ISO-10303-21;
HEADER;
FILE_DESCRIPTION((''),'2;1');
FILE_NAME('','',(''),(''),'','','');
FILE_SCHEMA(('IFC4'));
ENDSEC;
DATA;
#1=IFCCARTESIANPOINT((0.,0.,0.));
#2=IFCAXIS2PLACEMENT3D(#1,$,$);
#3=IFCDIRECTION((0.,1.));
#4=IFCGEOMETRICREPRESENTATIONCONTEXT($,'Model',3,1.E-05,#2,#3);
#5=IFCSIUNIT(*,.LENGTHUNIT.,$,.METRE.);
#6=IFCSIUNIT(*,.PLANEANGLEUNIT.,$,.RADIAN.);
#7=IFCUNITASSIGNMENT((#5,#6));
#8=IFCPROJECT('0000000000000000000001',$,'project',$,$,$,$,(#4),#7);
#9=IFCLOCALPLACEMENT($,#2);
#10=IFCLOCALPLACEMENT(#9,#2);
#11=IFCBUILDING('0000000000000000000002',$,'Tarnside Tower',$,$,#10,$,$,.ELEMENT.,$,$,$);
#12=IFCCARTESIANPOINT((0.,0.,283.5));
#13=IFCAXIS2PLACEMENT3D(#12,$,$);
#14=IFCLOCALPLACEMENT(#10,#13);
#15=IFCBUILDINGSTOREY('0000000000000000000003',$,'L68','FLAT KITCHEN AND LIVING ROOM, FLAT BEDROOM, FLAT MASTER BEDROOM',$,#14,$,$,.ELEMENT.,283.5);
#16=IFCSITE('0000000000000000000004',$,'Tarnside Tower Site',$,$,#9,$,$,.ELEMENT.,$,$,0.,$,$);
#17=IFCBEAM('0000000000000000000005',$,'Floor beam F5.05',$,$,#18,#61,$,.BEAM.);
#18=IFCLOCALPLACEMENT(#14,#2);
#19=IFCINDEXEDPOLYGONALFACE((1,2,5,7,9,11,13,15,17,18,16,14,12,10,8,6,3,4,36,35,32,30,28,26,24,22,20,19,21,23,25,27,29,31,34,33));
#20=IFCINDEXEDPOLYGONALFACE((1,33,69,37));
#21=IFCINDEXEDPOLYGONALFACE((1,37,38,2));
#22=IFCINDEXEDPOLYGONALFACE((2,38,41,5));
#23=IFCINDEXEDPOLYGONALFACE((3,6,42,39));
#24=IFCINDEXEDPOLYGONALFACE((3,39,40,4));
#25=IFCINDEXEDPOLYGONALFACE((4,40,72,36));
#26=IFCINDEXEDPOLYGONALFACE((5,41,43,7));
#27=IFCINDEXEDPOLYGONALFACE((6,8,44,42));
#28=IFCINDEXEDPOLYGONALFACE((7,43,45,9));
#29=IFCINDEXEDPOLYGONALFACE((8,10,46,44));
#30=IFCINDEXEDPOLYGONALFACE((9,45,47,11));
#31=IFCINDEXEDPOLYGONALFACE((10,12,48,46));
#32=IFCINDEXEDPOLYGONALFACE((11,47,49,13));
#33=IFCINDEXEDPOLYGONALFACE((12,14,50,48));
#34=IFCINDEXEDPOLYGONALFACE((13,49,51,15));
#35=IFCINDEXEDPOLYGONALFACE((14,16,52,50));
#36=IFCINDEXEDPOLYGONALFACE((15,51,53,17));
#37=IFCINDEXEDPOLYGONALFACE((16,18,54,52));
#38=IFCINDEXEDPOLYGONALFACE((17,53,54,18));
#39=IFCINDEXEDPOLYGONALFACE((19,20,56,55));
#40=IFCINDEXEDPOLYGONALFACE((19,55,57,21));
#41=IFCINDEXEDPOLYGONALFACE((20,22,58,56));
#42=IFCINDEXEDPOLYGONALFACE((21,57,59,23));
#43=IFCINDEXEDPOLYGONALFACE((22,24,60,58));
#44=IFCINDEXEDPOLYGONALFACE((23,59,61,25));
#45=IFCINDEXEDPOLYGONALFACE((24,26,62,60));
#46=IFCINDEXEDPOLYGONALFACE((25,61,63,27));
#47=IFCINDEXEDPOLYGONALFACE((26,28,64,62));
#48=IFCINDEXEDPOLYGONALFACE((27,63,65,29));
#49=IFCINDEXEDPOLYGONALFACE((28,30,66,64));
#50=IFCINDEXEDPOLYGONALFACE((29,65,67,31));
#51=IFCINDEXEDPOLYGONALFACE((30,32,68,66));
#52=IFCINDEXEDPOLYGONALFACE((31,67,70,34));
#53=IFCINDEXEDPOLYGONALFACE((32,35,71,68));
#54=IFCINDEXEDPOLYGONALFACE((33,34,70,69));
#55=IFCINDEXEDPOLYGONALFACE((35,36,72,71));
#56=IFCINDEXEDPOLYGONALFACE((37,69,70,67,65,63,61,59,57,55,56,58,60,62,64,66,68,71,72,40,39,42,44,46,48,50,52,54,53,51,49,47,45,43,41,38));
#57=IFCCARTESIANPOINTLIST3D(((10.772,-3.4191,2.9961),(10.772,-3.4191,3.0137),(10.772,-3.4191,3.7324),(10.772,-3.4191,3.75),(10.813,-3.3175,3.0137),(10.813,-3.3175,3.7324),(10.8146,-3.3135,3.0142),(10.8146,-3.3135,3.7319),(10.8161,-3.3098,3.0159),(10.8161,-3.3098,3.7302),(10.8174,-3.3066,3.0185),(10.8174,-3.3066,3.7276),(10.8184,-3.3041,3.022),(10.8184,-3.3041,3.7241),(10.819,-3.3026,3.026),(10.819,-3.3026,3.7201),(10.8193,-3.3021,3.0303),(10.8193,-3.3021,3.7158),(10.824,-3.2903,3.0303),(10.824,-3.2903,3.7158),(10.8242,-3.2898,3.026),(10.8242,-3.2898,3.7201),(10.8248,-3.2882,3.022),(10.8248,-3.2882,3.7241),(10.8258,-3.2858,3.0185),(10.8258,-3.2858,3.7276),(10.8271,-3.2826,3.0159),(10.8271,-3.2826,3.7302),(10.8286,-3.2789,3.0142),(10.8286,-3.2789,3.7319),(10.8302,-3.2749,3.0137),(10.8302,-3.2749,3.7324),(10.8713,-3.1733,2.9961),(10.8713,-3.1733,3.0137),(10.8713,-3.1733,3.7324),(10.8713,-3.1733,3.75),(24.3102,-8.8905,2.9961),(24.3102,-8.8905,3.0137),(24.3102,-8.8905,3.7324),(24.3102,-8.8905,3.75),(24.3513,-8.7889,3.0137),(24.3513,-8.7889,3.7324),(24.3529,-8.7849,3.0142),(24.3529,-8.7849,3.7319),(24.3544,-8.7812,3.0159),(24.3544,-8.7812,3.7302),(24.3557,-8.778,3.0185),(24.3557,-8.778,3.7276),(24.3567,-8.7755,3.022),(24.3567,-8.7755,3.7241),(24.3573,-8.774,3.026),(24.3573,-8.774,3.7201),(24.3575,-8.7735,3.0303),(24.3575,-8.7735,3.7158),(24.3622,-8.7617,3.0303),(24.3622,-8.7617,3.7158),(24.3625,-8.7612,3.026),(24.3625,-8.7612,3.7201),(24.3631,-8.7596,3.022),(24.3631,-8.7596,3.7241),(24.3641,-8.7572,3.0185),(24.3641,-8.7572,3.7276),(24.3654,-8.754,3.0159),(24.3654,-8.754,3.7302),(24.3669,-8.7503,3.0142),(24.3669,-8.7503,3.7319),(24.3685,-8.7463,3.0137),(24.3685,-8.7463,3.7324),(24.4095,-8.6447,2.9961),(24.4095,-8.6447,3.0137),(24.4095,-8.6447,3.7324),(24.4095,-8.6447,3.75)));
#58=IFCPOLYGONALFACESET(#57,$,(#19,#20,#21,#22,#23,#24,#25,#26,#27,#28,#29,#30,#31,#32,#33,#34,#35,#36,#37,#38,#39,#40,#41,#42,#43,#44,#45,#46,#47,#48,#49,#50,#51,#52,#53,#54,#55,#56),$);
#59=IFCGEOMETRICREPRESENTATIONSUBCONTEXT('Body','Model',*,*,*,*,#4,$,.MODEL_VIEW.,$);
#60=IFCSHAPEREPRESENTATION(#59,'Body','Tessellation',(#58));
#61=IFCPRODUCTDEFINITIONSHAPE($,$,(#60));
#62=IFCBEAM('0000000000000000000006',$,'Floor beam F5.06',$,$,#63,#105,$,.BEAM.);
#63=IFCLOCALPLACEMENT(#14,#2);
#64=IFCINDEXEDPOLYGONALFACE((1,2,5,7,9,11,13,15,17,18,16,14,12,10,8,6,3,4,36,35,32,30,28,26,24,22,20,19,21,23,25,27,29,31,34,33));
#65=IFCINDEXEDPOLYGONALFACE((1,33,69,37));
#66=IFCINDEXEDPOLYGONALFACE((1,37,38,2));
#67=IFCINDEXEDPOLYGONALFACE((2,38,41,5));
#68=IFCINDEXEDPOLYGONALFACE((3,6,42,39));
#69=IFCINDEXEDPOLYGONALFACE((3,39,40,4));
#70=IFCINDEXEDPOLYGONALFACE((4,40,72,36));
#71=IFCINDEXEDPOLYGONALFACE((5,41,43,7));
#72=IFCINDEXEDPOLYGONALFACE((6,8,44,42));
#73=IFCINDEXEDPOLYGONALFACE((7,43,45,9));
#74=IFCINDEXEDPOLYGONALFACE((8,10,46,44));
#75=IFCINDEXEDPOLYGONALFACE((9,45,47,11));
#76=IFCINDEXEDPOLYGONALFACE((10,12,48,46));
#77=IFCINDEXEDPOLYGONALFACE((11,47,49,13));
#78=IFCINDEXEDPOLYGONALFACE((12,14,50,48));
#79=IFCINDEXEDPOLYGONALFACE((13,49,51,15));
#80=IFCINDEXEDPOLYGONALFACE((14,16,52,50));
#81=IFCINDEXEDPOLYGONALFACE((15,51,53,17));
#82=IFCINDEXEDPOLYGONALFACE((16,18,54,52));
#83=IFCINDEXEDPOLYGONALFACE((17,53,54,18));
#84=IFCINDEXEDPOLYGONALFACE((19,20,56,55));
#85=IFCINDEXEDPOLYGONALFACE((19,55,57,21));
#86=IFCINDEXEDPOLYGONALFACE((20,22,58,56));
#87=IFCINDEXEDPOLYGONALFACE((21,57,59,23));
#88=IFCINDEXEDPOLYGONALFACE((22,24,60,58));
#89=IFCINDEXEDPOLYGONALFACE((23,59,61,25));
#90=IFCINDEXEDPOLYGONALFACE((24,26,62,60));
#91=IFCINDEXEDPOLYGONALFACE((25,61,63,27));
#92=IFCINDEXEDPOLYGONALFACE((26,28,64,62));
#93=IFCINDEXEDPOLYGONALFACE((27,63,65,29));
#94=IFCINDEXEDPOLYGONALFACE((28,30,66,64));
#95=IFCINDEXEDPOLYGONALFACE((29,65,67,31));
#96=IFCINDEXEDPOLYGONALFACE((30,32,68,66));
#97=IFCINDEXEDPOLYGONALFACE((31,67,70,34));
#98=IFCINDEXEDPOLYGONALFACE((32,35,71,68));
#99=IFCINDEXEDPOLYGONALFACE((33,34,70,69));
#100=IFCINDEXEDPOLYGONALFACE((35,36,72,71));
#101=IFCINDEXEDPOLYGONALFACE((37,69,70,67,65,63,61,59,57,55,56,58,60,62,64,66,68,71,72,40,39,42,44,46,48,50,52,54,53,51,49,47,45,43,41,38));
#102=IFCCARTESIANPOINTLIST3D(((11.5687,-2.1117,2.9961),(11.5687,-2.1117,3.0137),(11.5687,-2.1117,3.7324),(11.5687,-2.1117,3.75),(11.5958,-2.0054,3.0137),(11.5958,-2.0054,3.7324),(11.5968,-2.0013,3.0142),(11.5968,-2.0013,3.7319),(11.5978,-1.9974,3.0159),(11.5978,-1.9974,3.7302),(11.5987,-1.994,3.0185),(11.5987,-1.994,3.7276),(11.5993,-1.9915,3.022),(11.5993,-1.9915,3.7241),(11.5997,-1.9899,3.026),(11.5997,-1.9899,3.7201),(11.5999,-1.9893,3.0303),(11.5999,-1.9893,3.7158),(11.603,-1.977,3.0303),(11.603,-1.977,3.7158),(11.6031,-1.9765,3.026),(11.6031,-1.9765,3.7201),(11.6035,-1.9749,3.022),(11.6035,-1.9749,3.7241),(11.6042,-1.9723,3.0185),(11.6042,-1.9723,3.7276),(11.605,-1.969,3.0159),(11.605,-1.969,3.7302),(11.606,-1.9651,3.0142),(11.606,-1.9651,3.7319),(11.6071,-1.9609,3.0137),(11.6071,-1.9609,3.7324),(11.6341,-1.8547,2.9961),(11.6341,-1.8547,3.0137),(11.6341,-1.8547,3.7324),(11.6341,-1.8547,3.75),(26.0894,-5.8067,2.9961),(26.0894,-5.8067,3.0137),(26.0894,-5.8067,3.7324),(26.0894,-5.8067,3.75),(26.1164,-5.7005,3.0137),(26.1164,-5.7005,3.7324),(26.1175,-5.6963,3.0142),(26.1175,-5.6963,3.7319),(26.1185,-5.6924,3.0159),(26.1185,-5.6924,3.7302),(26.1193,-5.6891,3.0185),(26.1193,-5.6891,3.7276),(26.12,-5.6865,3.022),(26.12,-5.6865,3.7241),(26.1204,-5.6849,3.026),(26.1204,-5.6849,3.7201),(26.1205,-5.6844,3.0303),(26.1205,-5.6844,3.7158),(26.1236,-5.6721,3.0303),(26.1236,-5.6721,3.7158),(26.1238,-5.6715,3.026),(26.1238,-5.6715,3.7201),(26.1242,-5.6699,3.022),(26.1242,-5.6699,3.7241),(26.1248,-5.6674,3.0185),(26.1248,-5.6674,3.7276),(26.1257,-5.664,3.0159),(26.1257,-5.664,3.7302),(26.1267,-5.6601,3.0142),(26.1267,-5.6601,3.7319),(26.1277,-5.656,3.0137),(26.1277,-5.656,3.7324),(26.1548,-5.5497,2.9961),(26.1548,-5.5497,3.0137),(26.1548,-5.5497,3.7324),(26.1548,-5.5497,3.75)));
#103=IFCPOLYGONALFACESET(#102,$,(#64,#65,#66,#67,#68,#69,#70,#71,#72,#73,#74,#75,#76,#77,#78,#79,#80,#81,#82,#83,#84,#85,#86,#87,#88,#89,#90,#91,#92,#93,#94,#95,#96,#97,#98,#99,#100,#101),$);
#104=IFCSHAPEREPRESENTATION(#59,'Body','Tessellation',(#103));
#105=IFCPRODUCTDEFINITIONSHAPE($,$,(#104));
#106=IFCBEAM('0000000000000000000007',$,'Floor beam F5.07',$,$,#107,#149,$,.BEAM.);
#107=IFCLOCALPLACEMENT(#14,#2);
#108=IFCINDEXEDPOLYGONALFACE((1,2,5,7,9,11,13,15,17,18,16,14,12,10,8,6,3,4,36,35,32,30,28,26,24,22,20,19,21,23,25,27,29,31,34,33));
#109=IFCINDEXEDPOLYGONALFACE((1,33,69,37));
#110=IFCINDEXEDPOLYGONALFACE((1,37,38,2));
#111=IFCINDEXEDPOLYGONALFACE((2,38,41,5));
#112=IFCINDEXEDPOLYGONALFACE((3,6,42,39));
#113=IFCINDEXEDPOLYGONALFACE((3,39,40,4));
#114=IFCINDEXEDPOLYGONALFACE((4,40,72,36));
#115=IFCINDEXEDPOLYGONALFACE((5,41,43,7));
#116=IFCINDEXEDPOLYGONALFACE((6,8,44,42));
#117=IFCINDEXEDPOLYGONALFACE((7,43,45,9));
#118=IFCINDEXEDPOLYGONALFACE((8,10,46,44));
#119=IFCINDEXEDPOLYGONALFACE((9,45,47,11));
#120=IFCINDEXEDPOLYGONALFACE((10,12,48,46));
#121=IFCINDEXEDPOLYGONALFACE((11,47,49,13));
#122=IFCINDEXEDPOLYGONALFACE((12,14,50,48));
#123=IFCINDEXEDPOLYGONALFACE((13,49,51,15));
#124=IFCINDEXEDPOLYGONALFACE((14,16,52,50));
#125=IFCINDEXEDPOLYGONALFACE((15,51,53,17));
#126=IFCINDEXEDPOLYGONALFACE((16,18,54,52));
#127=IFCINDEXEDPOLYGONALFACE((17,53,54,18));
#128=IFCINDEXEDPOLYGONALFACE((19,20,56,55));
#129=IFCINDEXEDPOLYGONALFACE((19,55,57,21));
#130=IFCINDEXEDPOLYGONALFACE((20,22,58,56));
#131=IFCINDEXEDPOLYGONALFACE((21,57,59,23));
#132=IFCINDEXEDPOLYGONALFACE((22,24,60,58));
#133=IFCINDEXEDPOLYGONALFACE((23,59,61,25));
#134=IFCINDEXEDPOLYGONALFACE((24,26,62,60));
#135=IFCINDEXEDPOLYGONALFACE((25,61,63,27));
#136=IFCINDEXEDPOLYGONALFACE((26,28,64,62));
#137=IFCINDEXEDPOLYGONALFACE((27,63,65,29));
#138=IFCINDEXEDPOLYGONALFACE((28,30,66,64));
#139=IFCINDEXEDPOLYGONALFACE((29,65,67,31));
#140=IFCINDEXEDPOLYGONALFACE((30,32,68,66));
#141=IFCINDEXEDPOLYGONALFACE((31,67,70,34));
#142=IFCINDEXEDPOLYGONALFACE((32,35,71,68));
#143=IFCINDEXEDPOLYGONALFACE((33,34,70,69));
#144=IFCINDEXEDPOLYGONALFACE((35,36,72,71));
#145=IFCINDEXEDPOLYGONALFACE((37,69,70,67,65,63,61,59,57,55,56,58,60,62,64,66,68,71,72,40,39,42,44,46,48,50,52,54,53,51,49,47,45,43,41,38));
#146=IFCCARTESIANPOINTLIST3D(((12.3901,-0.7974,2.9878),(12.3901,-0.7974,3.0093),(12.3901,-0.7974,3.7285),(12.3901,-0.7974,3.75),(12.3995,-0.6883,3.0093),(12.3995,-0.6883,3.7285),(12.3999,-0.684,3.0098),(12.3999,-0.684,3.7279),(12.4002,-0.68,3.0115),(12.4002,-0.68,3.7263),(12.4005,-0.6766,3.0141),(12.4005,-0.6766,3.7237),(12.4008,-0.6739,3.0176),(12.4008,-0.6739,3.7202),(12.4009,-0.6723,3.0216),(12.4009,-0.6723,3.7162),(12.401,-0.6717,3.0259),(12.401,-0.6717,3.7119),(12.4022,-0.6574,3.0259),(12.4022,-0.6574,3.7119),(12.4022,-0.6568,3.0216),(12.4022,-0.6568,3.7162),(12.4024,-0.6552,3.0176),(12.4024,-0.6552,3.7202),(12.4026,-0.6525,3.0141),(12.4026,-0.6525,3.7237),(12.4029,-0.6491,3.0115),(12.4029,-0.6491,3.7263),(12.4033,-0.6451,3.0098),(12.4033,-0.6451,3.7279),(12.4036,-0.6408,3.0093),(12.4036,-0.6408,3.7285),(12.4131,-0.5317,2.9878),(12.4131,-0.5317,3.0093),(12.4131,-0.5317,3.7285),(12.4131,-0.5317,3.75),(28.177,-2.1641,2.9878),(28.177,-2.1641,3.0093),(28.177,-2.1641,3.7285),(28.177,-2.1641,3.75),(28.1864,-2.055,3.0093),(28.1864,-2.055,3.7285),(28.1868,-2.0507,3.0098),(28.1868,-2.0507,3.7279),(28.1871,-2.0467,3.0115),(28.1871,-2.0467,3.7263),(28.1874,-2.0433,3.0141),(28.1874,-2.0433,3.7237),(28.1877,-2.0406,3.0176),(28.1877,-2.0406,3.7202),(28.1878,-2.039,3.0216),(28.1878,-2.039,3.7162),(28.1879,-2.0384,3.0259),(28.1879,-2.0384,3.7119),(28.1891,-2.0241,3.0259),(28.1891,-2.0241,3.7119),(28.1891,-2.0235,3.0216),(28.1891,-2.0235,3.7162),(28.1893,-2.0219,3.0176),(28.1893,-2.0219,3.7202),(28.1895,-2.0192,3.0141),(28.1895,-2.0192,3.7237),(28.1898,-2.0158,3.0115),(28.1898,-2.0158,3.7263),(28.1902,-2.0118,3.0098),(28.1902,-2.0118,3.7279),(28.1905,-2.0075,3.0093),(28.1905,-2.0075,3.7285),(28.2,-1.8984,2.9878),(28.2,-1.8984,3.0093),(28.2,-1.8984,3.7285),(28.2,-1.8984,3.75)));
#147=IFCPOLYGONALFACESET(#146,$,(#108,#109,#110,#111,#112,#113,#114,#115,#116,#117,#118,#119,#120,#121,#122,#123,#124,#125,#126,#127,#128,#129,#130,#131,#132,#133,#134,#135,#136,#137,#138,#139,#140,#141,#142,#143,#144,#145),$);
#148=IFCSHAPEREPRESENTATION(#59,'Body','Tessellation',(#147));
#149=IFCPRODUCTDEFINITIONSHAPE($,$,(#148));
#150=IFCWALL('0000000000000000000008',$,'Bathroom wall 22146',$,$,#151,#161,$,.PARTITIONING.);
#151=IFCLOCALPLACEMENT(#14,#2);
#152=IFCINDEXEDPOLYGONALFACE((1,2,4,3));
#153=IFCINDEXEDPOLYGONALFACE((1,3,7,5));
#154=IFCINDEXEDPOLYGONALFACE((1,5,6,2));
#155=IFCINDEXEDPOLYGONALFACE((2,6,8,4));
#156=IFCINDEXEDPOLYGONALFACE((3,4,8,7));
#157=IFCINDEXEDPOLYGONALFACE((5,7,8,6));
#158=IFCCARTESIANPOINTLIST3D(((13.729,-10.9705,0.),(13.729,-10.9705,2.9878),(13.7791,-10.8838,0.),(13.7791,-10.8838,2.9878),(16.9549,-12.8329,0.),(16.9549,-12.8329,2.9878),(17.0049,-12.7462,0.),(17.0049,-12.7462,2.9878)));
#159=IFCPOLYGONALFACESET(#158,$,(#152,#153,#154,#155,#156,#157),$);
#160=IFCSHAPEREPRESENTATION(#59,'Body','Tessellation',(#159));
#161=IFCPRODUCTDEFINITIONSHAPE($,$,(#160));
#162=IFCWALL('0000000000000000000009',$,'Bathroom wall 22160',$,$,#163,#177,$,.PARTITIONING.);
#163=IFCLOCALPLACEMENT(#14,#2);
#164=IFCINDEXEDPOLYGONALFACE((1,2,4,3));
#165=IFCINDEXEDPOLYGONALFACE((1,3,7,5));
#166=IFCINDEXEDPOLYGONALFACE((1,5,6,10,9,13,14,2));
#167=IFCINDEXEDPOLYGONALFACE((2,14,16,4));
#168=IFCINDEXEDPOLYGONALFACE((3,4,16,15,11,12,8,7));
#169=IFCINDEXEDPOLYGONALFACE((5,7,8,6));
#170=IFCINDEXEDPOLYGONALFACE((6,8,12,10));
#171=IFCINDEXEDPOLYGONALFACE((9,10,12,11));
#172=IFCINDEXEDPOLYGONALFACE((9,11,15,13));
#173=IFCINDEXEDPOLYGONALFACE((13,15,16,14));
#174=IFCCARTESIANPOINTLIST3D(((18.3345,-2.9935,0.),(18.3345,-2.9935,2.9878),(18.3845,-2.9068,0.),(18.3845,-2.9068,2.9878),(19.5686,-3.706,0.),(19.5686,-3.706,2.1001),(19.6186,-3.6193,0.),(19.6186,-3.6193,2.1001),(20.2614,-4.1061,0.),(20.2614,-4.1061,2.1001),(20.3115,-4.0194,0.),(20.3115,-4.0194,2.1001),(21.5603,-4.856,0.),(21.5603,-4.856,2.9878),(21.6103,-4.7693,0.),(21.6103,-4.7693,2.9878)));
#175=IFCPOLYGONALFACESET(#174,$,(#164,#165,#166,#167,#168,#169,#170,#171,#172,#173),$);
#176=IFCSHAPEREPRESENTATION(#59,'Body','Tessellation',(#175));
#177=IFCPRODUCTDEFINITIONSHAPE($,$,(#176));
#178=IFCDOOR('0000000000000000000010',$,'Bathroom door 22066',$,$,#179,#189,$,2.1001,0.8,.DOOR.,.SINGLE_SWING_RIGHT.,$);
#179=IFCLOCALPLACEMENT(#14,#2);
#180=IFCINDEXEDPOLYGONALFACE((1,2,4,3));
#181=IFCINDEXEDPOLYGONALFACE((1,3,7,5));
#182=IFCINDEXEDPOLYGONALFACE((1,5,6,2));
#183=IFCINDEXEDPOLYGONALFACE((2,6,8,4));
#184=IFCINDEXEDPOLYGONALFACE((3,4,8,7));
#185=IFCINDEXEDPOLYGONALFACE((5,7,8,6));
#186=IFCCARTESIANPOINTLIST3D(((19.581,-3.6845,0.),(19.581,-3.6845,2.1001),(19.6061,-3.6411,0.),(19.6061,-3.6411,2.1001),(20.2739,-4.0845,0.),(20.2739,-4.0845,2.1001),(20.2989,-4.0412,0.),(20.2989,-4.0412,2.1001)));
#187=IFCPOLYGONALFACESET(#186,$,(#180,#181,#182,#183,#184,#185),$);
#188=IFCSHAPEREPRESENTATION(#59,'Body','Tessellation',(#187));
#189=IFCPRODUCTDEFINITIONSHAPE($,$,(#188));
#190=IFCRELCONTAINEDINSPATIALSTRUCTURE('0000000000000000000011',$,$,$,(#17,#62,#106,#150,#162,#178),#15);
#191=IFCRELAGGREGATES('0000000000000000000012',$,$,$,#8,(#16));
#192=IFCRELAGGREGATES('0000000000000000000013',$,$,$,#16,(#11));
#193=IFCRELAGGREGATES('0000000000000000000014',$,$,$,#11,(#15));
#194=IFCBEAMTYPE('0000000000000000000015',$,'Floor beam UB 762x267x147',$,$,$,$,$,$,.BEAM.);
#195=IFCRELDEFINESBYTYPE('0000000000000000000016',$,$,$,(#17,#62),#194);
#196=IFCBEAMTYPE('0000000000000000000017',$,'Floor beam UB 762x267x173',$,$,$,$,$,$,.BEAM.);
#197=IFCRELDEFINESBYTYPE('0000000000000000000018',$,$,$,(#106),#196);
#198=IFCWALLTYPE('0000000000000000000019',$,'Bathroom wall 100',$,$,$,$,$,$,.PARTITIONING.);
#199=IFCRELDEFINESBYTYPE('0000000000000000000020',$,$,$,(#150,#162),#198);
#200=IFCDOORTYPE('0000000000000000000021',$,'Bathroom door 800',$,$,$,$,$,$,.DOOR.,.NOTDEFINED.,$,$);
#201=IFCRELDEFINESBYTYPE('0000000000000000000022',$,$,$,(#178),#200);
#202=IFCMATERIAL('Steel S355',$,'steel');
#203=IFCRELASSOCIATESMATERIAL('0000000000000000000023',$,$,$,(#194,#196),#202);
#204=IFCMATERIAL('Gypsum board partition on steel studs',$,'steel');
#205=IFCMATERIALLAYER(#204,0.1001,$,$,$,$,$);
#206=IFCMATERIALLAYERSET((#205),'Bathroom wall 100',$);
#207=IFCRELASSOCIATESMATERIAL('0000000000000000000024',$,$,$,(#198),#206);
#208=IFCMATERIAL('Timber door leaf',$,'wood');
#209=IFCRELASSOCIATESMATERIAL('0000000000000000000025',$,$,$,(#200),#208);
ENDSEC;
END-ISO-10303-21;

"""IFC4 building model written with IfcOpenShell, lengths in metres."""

from ifc_helpers import new_model, si_unit, direction, frame, frame_2d, origin, origin_2d, place, context, subcontext, project, spatial, rectangle, i_section, extrude, material, layer, layer_set, material_profile, profile_set, type_object, element, fill, save


model = new_model("IFC4")

# Units and contexts
model_context = context("Model", 3, precision=1e-05, world=origin(), true_north=direction((0.0, 1.0)))
body_context = subcontext(model_context, "Body", "Model", "MODEL_VIEW")
ifc_project = project(units=[si_unit("LENGTHUNIT", "METRE"), si_unit("PLANEANGLEUNIT", "RADIAN")], contexts=[model_context])

# Site, building, storey
site_placement = place(None, origin())
site = spatial("IfcSite", under=ifc_project, at=site_placement, Name="Tarnside Tower Site", CompositionType="ELEMENT", RefElevation=0.0)
building_placement = place(site_placement, origin())
building = spatial("IfcBuilding", under=site, at=building_placement, Name="Tarnside Tower", CompositionType="ELEMENT")
storey_placement = place(building_placement, frame((0.0, 0.0, 283.5)))
storey = spatial("IfcBuildingStorey", under=building, at=storey_placement, Name="L68", Description="FLAT KITCHEN AND LIVING ROOM, FLAT BEDROOM, FLAT MASTER BEDROOM", CompositionType="ELEMENT", Elevation=283.5)

# Beams
ifc_material_1 = material(Name="Steel S355", Category="steel")
ifc_material_profile_1 = material_profile(ifc_material_1, i_section(OverallWidth=0.2651, OverallDepth=0.7539, WebThickness=0.0127, FlangeThickness=0.0176, FilletRadius=0.0166, at=origin_2d()), Name="UB 762x267x147")
ifc_profile_set_1 = profile_set([ifc_material_profile_1], Name="Steel S355")
beam_type_1 = type_object("IfcBeamType", Name="Floor beam UB 762x267x147", PredefinedType="BEAM", material=ifc_profile_set_1)
beam_1_placement = place(storey_placement, frame((24.3599, -8.7676, 3.373), z_axis=(-0.927146, 0.374701, 0.0), x_axis=(-0.374701, -0.927146, 0.0)))
element("IfcBeam", 1, at=beam_1_placement, inside=storey, type_object=beam_type_1, Name="Floor beam F5.05", PredefinedType="BEAM", context=body_context, shape_type="SweptSolid", body=[
    extrude(i_section(OverallWidth=0.2651, OverallDepth=0.7539, WebThickness=0.0127, FlangeThickness=0.0176, FilletRadius=0.0166, at=origin_2d()), origin(), (0.0, 0.0, 1.0), 14.6021),
])
beam_2_placement = place(storey_placement, frame((26.1221, -5.6782, 3.373), z_axis=(-0.969115, 0.246609, 0.0), x_axis=(-0.246609, -0.969115, 0.0)))
element("IfcBeam", 2, at=beam_2_placement, inside=storey, type_object=beam_type_1, Name="Floor beam F5.06", PredefinedType="BEAM", context=body_context, shape_type="SweptSolid", body=[
    extrude(i_section(OverallWidth=0.2651, OverallDepth=0.7539, WebThickness=0.0127, FlangeThickness=0.0176, FilletRadius=0.0166, at=origin_2d()), origin(), (0.0, 0.0, 1.0), 14.9834),
])
ifc_material_profile_2 = material_profile(ifc_material_1, i_section(OverallWidth=0.2666, OverallDepth=0.7622, WebThickness=0.0144, FlangeThickness=0.0215, FilletRadius=0.0166, at=origin_2d()), Name="UB 762x267x173")
ifc_profile_set_2 = profile_set([ifc_material_profile_2], Name="Steel S355")
beam_type_2 = type_object("IfcBeamType", Name="Floor beam UB 762x267x173", PredefinedType="BEAM", material=ifc_profile_set_2)
beam_3_placement = place(storey_placement, frame((28.1885, -2.0312, 3.3689), z_axis=(-0.996274, 0.086249, 0.0), x_axis=(-0.086249, -0.996274, 0.0)))
element("IfcBeam", 3, at=beam_3_placement, inside=storey, type_object=beam_type_2, Name="Floor beam F5.07", PredefinedType="BEAM", context=body_context, shape_type="SweptSolid", body=[
    extrude(i_section(OverallWidth=0.2666, OverallDepth=0.7622, WebThickness=0.0144, FlangeThickness=0.0215, FilletRadius=0.0166, at=origin_2d()), origin(), (0.0, 0.0, 1.0), 15.8459),
])

# Wall
ifc_material_2 = material(Name="Gypsum board partition on steel studs", Category="steel")
ifc_layer_1 = layer(ifc_material_2, 0.1001)
ifc_layer_set_1 = layer_set([ifc_layer_1], Name="Bathroom wall 100")
wall_type_1 = type_object("IfcWallType", Name="Bathroom wall 100", PredefinedType="PARTITIONING", material=ifc_layer_set_1)
wall_1_placement = place(storey_placement, frame((13.7542, -10.9272, 0.0), z_axis=(0.0, 0.0, 1.0), x_axis=(0.86604, -0.499974, 0.0)))
element("IfcWall", 4, at=wall_1_placement, inside=storey, type_object=wall_type_1, Name="Bathroom wall 22146", PredefinedType="PARTITIONING", context=body_context, shape_type="SweptSolid", body=[
    extrude(rectangle(XDim=3.7249, YDim=0.1001, at=frame_2d((1.8623, 0.0))), origin(), (0.0, 0.0, 1.0), 2.9878),
])

# Wall, opening, door
wall_2_placement = place(storey_placement, frame((18.3596, -2.9502, 0.0), z_axis=(0.0, 0.0, 1.0), x_axis=(0.866012, -0.500023, 0.0)))
wall_2 = element("IfcWall", 5, at=wall_2_placement, inside=storey, type_object=wall_type_1, Name="Bathroom wall 22160", PredefinedType="PARTITIONING", context=body_context, shape_type="SweptSolid", body=[
    extrude(rectangle(XDim=3.7249, YDim=0.1001, at=frame_2d((1.8623, 0.0))), origin(), (0.0, 0.0, 1.0), 2.9878),
])
opening_1_placement = place(wall_2_placement, frame((1.425, 0.0, 0.0)))
opening_1 = element("IfcOpeningElement", 6, at=opening_1_placement, cuts=wall_2, PredefinedType="OPENING", context=body_context, shape_type="SweptSolid", body=[
    extrude(rectangle(XDim=0.8, YDim=2.1001, at=frame_2d((0.3999, 1.05))), frame((0.0, 0.0601, 0.0), z_axis=(0.0, -1.0, 0.0), x_axis=(1.0, 0.0, 0.0)), (0.0, 0.0, 1.0), 0.1201),
])
ifc_material_3 = material(Name="Timber door leaf", Category="wood")
door_type_1 = type_object("IfcDoorType", Name="Bathroom door 800", OperationType="NOTDEFINED", PredefinedType="DOOR", material=ifc_material_3)
door_1_placement = place(opening_1_placement, origin())
door_1 = element("IfcDoor", 7, at=door_1_placement, inside=storey, type_object=door_type_1, Name="Bathroom door 22066", OperationType="SINGLE_SWING_RIGHT", OverallHeight=2.1001, OverallWidth=0.8, PredefinedType="DOOR", context=body_context, shape_type="SweptSolid", body=[
    extrude(rectangle(XDim=0.8, YDim=2.1001, at=frame_2d((0.3999, 1.05))), frame((0.0, 0.0249, 0.0), z_axis=(0.0, -1.0, 0.0), x_axis=(1.0, 0.0, 0.0)), (0.0, 0.0, 1.0), 0.05),
])
fill(opening_1, door_1)

save(model, "model.ifc")
